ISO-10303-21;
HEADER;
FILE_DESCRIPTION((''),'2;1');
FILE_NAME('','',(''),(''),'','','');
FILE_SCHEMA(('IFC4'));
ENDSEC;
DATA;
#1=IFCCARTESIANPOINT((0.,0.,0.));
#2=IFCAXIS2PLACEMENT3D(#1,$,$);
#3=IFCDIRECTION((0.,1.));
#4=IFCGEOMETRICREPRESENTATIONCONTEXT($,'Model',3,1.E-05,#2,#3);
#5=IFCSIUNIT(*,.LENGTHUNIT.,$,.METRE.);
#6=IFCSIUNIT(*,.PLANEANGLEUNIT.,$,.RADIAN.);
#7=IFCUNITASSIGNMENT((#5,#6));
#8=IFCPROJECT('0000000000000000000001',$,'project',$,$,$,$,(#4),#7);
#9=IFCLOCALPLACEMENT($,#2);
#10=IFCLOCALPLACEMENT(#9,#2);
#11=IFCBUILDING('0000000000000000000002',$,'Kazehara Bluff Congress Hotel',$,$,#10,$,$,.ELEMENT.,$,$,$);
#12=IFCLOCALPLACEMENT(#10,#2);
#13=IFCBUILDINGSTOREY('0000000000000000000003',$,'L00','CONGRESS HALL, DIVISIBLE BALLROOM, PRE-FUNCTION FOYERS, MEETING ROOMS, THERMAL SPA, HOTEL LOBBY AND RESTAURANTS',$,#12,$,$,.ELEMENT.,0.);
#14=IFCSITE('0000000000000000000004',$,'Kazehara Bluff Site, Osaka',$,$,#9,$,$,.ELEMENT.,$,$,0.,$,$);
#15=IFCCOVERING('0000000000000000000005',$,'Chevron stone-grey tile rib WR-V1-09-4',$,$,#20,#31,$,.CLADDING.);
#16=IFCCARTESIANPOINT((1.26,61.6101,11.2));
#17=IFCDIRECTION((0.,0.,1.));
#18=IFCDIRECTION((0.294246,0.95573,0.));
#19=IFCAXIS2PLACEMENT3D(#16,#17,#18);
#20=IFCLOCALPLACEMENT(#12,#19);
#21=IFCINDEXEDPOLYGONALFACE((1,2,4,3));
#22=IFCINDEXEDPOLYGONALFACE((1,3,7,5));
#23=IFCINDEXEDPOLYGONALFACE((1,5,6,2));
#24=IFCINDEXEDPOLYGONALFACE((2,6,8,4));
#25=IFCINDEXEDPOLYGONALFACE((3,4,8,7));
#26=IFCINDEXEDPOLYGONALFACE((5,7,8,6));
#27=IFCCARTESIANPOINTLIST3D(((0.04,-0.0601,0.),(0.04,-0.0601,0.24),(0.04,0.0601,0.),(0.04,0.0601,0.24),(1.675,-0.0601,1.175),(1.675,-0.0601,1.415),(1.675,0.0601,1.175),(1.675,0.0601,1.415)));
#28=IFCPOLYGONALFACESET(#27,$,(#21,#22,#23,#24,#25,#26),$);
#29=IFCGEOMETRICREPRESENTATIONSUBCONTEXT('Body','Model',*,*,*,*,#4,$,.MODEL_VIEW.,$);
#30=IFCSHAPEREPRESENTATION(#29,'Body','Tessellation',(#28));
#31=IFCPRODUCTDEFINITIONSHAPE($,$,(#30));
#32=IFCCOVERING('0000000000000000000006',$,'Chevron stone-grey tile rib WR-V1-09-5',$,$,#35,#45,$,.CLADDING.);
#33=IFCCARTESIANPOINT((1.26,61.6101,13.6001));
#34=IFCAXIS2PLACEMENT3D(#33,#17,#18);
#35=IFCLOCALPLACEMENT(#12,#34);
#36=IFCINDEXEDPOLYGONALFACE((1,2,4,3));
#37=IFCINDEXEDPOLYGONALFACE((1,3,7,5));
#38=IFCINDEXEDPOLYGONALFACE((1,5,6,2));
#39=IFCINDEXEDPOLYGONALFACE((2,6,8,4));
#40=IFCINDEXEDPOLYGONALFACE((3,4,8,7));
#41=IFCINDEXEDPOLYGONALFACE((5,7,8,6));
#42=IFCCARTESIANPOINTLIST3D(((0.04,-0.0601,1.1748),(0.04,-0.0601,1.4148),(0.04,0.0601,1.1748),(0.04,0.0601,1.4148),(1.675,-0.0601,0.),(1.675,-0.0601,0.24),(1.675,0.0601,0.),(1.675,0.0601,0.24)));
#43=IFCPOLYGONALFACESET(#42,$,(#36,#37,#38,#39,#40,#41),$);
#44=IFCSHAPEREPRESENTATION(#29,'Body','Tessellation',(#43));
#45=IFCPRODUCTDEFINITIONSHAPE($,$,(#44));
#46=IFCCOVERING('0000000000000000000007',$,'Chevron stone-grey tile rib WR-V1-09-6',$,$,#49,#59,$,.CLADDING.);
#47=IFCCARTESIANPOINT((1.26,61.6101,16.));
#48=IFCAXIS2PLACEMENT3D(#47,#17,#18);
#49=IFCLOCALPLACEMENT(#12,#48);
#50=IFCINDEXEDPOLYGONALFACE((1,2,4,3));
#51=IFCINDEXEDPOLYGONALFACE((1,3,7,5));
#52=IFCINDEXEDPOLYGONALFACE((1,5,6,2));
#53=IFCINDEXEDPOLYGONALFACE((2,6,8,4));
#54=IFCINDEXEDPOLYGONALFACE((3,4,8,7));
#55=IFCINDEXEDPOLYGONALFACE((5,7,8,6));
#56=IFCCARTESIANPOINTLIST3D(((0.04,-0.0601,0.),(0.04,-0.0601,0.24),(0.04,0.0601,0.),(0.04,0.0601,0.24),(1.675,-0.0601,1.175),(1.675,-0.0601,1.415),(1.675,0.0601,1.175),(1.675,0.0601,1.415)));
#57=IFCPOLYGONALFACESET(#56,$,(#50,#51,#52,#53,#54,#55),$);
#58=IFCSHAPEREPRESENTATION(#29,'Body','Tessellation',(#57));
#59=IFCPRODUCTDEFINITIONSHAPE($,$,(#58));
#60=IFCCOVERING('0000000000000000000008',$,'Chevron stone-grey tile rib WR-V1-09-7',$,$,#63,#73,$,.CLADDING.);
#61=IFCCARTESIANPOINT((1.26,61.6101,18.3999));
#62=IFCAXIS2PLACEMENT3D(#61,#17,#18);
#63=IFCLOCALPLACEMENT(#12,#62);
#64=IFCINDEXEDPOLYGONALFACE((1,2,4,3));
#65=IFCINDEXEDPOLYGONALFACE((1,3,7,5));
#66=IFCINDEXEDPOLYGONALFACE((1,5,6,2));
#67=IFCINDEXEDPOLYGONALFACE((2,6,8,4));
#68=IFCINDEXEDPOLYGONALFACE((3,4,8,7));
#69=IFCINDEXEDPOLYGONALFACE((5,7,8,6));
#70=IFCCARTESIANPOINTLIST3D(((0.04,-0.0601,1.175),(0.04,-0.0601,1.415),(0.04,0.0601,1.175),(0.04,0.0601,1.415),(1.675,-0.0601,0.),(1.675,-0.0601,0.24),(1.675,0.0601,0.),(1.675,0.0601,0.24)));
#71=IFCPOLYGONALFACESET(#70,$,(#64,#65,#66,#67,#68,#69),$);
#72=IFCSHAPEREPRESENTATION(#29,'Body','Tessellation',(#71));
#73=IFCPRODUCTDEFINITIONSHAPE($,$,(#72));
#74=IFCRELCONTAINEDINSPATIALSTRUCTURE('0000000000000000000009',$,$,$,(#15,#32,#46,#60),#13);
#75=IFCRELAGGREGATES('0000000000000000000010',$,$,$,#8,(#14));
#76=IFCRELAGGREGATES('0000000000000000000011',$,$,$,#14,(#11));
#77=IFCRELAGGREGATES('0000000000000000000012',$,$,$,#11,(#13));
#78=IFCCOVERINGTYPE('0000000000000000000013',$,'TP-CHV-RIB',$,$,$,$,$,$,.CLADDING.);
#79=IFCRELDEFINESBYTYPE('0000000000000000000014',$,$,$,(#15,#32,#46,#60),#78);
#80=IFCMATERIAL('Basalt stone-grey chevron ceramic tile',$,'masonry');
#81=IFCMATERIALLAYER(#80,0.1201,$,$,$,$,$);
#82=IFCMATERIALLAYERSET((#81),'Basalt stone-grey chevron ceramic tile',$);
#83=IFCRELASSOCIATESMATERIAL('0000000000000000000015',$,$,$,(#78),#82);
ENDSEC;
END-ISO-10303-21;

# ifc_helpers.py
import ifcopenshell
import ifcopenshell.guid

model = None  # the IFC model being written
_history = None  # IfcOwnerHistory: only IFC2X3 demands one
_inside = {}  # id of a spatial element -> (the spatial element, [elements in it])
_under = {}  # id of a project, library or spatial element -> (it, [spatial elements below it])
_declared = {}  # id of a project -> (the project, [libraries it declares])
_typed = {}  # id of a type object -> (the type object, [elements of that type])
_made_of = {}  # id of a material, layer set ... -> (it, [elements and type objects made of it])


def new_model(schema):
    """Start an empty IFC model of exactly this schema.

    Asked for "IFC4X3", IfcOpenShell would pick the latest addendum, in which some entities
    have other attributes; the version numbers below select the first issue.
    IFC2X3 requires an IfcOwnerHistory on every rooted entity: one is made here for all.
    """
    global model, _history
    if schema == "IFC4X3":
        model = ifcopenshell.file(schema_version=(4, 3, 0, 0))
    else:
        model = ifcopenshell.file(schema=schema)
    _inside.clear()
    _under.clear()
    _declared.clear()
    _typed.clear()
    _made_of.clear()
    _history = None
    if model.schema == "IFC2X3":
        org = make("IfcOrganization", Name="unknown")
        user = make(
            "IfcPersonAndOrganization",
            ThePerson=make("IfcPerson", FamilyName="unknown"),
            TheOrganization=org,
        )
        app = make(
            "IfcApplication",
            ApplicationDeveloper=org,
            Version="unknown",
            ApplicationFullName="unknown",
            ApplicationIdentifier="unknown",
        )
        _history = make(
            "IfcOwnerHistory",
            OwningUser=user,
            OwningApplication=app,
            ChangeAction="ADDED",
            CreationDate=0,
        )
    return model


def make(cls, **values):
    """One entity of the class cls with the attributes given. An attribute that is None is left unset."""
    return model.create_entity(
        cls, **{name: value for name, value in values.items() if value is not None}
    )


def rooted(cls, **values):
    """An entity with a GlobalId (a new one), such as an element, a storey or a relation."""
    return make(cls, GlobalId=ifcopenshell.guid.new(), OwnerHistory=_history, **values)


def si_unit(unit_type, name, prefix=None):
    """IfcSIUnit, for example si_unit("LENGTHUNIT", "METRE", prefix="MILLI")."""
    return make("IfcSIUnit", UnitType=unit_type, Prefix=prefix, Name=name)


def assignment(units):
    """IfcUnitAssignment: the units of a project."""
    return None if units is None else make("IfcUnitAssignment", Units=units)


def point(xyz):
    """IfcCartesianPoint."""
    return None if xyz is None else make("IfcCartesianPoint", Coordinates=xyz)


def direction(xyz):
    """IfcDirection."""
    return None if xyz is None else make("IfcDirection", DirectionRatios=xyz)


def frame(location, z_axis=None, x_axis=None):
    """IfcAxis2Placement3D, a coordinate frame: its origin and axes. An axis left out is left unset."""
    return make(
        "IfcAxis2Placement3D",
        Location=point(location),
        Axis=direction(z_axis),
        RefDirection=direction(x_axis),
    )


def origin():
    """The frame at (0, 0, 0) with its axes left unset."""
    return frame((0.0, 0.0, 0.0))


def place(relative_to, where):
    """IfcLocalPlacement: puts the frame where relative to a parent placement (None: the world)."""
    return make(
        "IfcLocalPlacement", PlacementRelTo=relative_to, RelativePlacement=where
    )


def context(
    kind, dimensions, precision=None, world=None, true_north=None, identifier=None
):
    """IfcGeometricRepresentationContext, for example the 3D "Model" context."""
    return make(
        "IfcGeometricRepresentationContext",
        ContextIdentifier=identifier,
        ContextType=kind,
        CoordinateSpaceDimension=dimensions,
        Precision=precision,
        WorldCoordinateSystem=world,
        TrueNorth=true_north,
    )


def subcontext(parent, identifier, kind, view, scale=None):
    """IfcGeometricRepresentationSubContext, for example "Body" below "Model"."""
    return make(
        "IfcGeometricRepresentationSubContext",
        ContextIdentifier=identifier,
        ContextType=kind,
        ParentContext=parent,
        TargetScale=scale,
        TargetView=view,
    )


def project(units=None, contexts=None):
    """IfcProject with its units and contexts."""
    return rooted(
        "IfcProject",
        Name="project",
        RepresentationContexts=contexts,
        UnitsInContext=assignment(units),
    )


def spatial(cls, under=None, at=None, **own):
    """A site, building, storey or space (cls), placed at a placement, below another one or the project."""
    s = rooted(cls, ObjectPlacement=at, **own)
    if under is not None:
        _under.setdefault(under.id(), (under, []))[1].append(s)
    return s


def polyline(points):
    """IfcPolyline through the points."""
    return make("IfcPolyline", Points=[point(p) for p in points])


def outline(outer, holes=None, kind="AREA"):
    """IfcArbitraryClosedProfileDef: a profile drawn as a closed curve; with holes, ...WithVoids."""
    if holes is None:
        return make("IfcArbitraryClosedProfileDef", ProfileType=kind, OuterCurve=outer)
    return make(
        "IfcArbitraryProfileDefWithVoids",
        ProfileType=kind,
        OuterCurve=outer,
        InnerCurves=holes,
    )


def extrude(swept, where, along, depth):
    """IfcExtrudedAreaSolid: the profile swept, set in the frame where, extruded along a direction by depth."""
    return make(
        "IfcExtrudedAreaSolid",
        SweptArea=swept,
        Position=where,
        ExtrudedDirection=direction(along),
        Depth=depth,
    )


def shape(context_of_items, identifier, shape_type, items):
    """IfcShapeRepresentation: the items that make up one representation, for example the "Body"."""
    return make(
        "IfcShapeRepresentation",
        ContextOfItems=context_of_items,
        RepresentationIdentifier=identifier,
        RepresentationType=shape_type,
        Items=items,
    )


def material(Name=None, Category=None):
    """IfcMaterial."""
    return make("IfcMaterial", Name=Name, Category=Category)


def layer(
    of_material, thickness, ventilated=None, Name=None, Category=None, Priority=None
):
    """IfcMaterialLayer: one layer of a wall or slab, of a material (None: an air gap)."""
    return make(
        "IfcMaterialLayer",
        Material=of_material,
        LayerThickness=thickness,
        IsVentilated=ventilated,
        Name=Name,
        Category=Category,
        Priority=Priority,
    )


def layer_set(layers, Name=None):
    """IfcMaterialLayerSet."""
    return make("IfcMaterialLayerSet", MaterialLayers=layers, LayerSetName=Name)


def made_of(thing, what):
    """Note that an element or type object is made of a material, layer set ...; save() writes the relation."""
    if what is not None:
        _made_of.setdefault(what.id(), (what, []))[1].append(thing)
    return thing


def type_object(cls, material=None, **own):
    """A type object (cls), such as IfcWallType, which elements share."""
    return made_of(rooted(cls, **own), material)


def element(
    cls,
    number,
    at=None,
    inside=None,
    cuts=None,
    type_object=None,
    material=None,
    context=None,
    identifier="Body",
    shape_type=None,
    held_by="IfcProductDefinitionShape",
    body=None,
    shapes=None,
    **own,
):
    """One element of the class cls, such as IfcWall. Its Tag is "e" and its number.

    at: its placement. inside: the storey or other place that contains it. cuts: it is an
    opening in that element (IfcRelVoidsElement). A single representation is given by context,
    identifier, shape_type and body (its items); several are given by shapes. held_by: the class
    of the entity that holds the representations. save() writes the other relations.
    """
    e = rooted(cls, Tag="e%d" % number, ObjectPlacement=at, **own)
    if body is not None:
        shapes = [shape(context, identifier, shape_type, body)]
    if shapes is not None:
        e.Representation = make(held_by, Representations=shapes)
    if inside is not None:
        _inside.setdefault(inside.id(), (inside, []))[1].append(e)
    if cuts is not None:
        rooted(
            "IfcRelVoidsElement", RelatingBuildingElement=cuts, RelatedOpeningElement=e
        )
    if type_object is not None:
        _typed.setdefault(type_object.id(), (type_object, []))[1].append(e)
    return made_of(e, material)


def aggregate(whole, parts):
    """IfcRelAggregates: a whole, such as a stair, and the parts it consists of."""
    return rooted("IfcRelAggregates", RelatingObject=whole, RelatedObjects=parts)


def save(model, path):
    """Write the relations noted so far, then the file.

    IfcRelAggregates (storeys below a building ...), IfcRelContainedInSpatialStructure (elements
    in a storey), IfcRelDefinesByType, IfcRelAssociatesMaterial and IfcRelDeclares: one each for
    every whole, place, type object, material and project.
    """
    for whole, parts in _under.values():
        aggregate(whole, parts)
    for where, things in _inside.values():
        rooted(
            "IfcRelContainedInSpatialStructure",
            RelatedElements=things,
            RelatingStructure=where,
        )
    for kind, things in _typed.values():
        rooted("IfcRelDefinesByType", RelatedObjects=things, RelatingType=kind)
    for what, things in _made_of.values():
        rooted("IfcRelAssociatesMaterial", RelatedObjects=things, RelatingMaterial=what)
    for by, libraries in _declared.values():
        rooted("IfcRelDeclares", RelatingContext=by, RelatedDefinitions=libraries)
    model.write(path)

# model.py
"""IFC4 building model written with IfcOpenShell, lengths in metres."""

from ifc_helpers import new_model, si_unit, direction, frame, origin, place, context, subcontext, project, spatial, polyline, outline, extrude, material, layer, layer_set, type_object, element, save


model = new_model("IFC4")

# Units and contexts
model_context = context("Model", 3, precision=1e-05, world=origin(), true_north=direction((0.0, 1.0)))
body_context = subcontext(model_context, "Body", "Model", "MODEL_VIEW")
ifc_project = project(units=[si_unit("LENGTHUNIT", "METRE"), si_unit("PLANEANGLEUNIT", "RADIAN")], contexts=[model_context])

# Site, building, storey
site_placement = place(None, origin())
site = spatial("IfcSite", under=ifc_project, at=site_placement, Name="Kazehara Bluff Site, Osaka", CompositionType="ELEMENT", RefElevation=0.0)
building_placement = place(site_placement, origin())
building = spatial("IfcBuilding", under=site, at=building_placement, Name="Kazehara Bluff Congress Hotel", CompositionType="ELEMENT")
storey_placement = place(building_placement, origin())
storey = spatial("IfcBuildingStorey", under=building, at=storey_placement, Name="L00", Description="CONGRESS HALL, DIVISIBLE BALLROOM, PRE-FUNCTION FOYERS, MEETING ROOMS, THERMAL SPA, HOTEL LOBBY AND RESTAURANTS", CompositionType="ELEMENT", Elevation=0.0)

# Coverings
ifc_material = material(Name="Basalt stone-grey chevron ceramic tile", Category="masonry")
ifc_layer = layer(ifc_material, 0.1201)
ifc_layer_set = layer_set([ifc_layer], Name="Basalt stone-grey chevron ceramic tile")
covering_type = type_object("IfcCoveringType", Name="TP-CHV-RIB", PredefinedType="CLADDING", material=ifc_layer_set)
covering_1_placement = place(storey_placement, frame((1.26, 61.6101, 11.2), z_axis=(0.0, 0.0, 1.0), x_axis=(0.294246, 0.95573, 0.0)))
element("IfcCovering", 1, at=covering_1_placement, inside=storey, type_object=covering_type, Name="Chevron stone-grey tile rib WR-V1-09-4", PredefinedType="CLADDING", context=body_context, shape_type="SweptSolid", body=[
    extrude(outline(polyline([(0.04, 0.0), (1.675, 1.175), (1.675, 1.415), (0.04, 0.24), (0.04, 0.0)])), frame((0.0, 0.0601, 0.0), z_axis=(0.0, -1.0, 0.0), x_axis=(1.0, 0.0, 0.0)), (0.0, 0.0, 1.0), 0.1201),
])
covering_2_placement = place(storey_placement, frame((1.26, 61.6101, 13.6001), z_axis=(0.0, 0.0, 1.0), x_axis=(0.294246, 0.95573, 0.0)))
element("IfcCovering", 2, at=covering_2_placement, inside=storey, type_object=covering_type, Name="Chevron stone-grey tile rib WR-V1-09-5", PredefinedType="CLADDING", context=body_context, shape_type="SweptSolid", body=[
    extrude(outline(polyline([(0.04, 1.1748), (1.675, 0.0), (1.675, 0.24), (0.04, 1.4148), (0.04, 1.1748)])), frame((0.0, 0.0601, 0.0), z_axis=(0.0, -1.0, 0.0), x_axis=(1.0, 0.0, 0.0)), (0.0, 0.0, 1.0), 0.1201),
])
covering_3_placement = place(storey_placement, frame((1.26, 61.6101, 16.0), z_axis=(0.0, 0.0, 1.0), x_axis=(0.294246, 0.95573, 0.0)))
element("IfcCovering", 3, at=covering_3_placement, inside=storey, type_object=covering_type, Name="Chevron stone-grey tile rib WR-V1-09-6", PredefinedType="CLADDING", context=body_context, shape_type="SweptSolid", body=[
    extrude(outline(polyline([(0.04, 0.0), (1.675, 1.175), (1.675, 1.415), (0.04, 0.24), (0.04, 0.0)])), frame((0.0, 0.0601, 0.0), z_axis=(0.0, -1.0, 0.0), x_axis=(1.0, 0.0, 0.0)), (0.0, 0.0, 1.0), 0.1201),
])
covering_4_placement = place(storey_placement, frame((1.26, 61.6101, 18.3999), z_axis=(0.0, 0.0, 1.0), x_axis=(0.294246, 0.95573, 0.0)))
element("IfcCovering", 4, at=covering_4_placement, inside=storey, type_object=covering_type, Name="Chevron stone-grey tile rib WR-V1-09-7", PredefinedType="CLADDING", context=body_context, shape_type="SweptSolid", body=[
    extrude(outline(polyline([(0.04, 1.175), (1.675, 0.0), (1.675, 0.24), (0.04, 1.415), (0.04, 1.175)])), frame((0.0, 0.0601, 0.0), z_axis=(0.0, -1.0, 0.0), x_axis=(1.0, 0.0, 0.0)), (0.0, 0.0, 1.0), 0.1201),
])

save(model, "model.ifc")
